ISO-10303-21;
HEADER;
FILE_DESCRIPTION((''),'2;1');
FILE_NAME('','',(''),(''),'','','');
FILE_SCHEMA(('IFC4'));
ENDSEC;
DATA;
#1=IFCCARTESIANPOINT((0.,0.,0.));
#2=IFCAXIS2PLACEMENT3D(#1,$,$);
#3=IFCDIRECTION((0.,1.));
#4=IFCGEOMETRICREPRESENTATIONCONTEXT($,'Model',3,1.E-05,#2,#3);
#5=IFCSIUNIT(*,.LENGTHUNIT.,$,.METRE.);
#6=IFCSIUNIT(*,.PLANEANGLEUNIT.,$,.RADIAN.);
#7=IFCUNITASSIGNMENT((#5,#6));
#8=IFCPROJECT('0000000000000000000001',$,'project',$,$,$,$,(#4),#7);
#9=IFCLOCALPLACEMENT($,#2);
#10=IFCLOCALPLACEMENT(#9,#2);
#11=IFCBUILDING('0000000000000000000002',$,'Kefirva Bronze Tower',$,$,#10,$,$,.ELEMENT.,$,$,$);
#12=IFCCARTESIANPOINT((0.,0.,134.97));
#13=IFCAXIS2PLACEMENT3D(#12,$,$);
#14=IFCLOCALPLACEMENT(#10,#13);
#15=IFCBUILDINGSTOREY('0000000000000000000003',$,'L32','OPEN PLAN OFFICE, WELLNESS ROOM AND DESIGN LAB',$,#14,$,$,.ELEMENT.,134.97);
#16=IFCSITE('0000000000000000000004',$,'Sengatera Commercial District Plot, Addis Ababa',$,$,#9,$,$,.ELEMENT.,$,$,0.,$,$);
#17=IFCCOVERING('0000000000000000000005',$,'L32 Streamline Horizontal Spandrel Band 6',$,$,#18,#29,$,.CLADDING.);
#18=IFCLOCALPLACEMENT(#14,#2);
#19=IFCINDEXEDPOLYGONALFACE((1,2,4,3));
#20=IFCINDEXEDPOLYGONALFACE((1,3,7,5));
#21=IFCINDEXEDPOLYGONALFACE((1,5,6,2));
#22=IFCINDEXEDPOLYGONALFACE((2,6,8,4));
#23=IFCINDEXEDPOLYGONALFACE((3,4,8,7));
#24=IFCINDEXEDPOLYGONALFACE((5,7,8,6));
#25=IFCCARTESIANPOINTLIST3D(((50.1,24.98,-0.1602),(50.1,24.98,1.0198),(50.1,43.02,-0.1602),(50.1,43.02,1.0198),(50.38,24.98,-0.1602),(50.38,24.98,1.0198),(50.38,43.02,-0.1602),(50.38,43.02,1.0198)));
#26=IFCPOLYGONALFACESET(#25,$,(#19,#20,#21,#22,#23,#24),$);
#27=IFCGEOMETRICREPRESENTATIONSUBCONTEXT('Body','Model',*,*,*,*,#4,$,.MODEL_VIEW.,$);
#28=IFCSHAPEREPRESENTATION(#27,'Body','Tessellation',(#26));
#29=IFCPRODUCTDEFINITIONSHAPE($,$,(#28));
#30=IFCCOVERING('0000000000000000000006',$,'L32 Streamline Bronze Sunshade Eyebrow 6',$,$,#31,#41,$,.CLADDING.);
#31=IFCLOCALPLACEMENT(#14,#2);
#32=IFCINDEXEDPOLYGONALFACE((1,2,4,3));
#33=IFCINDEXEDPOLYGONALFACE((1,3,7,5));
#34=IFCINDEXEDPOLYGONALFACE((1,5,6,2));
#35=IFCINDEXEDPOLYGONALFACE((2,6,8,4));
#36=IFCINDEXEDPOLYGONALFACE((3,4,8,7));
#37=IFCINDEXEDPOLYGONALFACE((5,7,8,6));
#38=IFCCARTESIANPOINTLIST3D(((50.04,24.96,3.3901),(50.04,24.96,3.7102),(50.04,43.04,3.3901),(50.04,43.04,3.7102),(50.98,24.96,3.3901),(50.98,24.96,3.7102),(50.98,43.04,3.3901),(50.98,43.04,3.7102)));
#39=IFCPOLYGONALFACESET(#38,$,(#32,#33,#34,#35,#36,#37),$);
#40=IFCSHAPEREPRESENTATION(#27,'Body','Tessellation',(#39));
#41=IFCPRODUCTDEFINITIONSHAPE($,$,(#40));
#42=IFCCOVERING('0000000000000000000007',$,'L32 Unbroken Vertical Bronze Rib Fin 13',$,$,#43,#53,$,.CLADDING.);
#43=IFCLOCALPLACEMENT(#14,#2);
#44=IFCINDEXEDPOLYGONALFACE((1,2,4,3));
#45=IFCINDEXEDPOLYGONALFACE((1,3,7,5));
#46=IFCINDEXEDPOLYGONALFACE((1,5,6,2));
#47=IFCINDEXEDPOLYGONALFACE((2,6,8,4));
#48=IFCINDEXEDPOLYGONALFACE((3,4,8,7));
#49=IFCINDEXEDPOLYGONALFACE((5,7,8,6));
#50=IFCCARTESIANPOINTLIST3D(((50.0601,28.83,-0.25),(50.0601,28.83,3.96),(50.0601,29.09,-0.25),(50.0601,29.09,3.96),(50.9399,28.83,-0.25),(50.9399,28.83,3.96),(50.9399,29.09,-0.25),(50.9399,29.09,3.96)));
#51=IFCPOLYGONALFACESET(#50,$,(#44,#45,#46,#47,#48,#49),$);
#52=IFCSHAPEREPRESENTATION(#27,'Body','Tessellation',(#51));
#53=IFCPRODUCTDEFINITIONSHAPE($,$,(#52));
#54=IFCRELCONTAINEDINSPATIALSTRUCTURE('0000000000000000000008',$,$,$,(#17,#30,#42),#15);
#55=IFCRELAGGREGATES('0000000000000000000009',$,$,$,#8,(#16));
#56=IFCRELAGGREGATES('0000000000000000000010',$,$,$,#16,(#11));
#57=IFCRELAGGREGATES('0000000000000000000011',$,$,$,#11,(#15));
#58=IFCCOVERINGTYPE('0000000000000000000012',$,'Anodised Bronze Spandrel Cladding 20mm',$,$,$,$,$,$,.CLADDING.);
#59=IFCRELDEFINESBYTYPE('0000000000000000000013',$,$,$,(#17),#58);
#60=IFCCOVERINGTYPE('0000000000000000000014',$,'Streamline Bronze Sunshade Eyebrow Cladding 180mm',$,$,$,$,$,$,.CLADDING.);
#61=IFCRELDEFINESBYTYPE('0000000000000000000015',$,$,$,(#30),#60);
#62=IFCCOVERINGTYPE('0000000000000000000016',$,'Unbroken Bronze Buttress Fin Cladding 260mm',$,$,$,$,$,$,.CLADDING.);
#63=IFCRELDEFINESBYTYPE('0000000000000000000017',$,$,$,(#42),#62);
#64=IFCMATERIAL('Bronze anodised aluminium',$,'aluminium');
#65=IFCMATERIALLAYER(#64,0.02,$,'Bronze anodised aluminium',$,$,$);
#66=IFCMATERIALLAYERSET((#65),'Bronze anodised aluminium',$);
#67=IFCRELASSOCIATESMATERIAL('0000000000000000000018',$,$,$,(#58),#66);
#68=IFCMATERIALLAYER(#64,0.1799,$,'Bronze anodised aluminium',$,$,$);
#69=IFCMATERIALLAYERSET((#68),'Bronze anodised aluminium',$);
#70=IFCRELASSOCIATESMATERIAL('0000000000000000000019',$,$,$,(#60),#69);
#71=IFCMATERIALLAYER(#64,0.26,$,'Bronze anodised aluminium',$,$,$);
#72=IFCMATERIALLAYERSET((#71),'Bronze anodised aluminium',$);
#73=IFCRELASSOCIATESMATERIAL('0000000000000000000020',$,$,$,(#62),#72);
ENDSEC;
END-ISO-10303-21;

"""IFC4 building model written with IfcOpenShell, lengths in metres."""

from ifc_helpers import new_model, si_unit, direction, frame, origin, origin_2d, place, context, subcontext, project, spatial, rectangle, extrude, material, layer, layer_set, type_object, element, save


model = new_model("IFC4")

# Units and contexts
model_context = context("Model", 3, precision=1e-05, world=origin(), true_north=direction((0.0, 1.0)))
body_context = subcontext(model_context, "Body", "Model", "MODEL_VIEW")
ifc_project = project(units=[si_unit("LENGTHUNIT", "METRE"), si_unit("PLANEANGLEUNIT", "RADIAN")], contexts=[model_context])

# Site, building, storey
site_placement = place(None, origin())
site = spatial("IfcSite", under=ifc_project, at=site_placement, Name="Sengatera Commercial District Plot, Addis Ababa", CompositionType="ELEMENT", RefElevation=0.0)
building_placement = place(site_placement, origin())
building = spatial("IfcBuilding", under=site, at=building_placement, Name="Kefirva Bronze Tower", CompositionType="ELEMENT")
storey_placement = place(building_placement, frame((0.0, 0.0, 134.97)))
storey = spatial("IfcBuildingStorey", under=building, at=storey_placement, Name="L32", Description="OPEN PLAN OFFICE, WELLNESS ROOM AND DESIGN LAB", CompositionType="ELEMENT", Elevation=134.97)

# Shared definitions
ifc_material_1 = material(Name="Bronze anodised aluminium", Category="aluminium")

# Coverings
ifc_layer_1 = layer(ifc_material_1, 0.02, Name="Bronze anodised aluminium")
ifc_layer_set_1 = layer_set([ifc_layer_1], Name="Bronze anodised aluminium")
covering_type_1 = type_object("IfcCoveringType", Name="Anodised Bronze Spandrel Cladding 20mm", PredefinedType="CLADDING", material=ifc_layer_set_1)
covering_1_placement = place(storey_placement, frame((50.24, 34.0, -0.1602), z_axis=(0.0, 0.0, 1.0), x_axis=(0.0, 1.0, 0.0)))
element("IfcCovering", 1, at=covering_1_placement, inside=storey, type_object=covering_type_1, Name="L32 Streamline Horizontal Spandrel Band 6", PredefinedType="CLADDING", context=body_context, shape_type="SweptSolid", body=[
    extrude(rectangle(XDim=18.04, YDim=0.28, at=origin_2d()), origin(), (0.0, 0.0, 1.0), 1.1799),
])
ifc_layer_2 = layer(ifc_material_1, 0.1799, Name="Bronze anodised aluminium")
ifc_layer_set_2 = layer_set([ifc_layer_2], Name="Bronze anodised aluminium")
covering_type_2 = type_object("IfcCoveringType", Name="Streamline Bronze Sunshade Eyebrow Cladding 180mm", PredefinedType="CLADDING", material=ifc_layer_set_2)
covering_2_placement = place(storey_placement, frame((50.51, 34.0, 3.3901), z_axis=(0.0, 0.0, 1.0), x_axis=(0.0, 1.0, 0.0)))
element("IfcCovering", 2, at=covering_2_placement, inside=storey, type_object=covering_type_2, Name="L32 Streamline Bronze Sunshade Eyebrow 6", PredefinedType="CLADDING", context=body_context, shape_type="SweptSolid", body=[
    extrude(rectangle(XDim=18.0801, YDim=0.9399, at=origin_2d()), origin(), (0.0, 0.0, 1.0), 0.3201),
])
ifc_layer_3 = layer(ifc_material_1, 0.26, Name="Bronze anodised aluminium")
ifc_layer_set_3 = layer_set([ifc_layer_3], Name="Bronze anodised aluminium")
covering_type_3 = type_object("IfcCoveringType", Name="Unbroken Bronze Buttress Fin Cladding 260mm", PredefinedType="CLADDING", material=ifc_layer_set_3)
covering_3_placement = place(storey_placement, frame((50.5, 28.96, -0.25), z_axis=(0.0, 0.0, 1.0), x_axis=(0.0, 1.0, 0.0)))
element("IfcCovering", 3, at=covering_3_placement, inside=storey, type_object=covering_type_3, Name="L32 Unbroken Vertical Bronze Rib Fin 13", PredefinedType="CLADDING", context=body_context, shape_type="SweptSolid", body=[
    extrude(rectangle(XDim=0.26, YDim=0.8799, at=origin_2d()), origin(), (0.0, 0.0, 1.0), 4.21),
])

save(model, "model.ifc")
